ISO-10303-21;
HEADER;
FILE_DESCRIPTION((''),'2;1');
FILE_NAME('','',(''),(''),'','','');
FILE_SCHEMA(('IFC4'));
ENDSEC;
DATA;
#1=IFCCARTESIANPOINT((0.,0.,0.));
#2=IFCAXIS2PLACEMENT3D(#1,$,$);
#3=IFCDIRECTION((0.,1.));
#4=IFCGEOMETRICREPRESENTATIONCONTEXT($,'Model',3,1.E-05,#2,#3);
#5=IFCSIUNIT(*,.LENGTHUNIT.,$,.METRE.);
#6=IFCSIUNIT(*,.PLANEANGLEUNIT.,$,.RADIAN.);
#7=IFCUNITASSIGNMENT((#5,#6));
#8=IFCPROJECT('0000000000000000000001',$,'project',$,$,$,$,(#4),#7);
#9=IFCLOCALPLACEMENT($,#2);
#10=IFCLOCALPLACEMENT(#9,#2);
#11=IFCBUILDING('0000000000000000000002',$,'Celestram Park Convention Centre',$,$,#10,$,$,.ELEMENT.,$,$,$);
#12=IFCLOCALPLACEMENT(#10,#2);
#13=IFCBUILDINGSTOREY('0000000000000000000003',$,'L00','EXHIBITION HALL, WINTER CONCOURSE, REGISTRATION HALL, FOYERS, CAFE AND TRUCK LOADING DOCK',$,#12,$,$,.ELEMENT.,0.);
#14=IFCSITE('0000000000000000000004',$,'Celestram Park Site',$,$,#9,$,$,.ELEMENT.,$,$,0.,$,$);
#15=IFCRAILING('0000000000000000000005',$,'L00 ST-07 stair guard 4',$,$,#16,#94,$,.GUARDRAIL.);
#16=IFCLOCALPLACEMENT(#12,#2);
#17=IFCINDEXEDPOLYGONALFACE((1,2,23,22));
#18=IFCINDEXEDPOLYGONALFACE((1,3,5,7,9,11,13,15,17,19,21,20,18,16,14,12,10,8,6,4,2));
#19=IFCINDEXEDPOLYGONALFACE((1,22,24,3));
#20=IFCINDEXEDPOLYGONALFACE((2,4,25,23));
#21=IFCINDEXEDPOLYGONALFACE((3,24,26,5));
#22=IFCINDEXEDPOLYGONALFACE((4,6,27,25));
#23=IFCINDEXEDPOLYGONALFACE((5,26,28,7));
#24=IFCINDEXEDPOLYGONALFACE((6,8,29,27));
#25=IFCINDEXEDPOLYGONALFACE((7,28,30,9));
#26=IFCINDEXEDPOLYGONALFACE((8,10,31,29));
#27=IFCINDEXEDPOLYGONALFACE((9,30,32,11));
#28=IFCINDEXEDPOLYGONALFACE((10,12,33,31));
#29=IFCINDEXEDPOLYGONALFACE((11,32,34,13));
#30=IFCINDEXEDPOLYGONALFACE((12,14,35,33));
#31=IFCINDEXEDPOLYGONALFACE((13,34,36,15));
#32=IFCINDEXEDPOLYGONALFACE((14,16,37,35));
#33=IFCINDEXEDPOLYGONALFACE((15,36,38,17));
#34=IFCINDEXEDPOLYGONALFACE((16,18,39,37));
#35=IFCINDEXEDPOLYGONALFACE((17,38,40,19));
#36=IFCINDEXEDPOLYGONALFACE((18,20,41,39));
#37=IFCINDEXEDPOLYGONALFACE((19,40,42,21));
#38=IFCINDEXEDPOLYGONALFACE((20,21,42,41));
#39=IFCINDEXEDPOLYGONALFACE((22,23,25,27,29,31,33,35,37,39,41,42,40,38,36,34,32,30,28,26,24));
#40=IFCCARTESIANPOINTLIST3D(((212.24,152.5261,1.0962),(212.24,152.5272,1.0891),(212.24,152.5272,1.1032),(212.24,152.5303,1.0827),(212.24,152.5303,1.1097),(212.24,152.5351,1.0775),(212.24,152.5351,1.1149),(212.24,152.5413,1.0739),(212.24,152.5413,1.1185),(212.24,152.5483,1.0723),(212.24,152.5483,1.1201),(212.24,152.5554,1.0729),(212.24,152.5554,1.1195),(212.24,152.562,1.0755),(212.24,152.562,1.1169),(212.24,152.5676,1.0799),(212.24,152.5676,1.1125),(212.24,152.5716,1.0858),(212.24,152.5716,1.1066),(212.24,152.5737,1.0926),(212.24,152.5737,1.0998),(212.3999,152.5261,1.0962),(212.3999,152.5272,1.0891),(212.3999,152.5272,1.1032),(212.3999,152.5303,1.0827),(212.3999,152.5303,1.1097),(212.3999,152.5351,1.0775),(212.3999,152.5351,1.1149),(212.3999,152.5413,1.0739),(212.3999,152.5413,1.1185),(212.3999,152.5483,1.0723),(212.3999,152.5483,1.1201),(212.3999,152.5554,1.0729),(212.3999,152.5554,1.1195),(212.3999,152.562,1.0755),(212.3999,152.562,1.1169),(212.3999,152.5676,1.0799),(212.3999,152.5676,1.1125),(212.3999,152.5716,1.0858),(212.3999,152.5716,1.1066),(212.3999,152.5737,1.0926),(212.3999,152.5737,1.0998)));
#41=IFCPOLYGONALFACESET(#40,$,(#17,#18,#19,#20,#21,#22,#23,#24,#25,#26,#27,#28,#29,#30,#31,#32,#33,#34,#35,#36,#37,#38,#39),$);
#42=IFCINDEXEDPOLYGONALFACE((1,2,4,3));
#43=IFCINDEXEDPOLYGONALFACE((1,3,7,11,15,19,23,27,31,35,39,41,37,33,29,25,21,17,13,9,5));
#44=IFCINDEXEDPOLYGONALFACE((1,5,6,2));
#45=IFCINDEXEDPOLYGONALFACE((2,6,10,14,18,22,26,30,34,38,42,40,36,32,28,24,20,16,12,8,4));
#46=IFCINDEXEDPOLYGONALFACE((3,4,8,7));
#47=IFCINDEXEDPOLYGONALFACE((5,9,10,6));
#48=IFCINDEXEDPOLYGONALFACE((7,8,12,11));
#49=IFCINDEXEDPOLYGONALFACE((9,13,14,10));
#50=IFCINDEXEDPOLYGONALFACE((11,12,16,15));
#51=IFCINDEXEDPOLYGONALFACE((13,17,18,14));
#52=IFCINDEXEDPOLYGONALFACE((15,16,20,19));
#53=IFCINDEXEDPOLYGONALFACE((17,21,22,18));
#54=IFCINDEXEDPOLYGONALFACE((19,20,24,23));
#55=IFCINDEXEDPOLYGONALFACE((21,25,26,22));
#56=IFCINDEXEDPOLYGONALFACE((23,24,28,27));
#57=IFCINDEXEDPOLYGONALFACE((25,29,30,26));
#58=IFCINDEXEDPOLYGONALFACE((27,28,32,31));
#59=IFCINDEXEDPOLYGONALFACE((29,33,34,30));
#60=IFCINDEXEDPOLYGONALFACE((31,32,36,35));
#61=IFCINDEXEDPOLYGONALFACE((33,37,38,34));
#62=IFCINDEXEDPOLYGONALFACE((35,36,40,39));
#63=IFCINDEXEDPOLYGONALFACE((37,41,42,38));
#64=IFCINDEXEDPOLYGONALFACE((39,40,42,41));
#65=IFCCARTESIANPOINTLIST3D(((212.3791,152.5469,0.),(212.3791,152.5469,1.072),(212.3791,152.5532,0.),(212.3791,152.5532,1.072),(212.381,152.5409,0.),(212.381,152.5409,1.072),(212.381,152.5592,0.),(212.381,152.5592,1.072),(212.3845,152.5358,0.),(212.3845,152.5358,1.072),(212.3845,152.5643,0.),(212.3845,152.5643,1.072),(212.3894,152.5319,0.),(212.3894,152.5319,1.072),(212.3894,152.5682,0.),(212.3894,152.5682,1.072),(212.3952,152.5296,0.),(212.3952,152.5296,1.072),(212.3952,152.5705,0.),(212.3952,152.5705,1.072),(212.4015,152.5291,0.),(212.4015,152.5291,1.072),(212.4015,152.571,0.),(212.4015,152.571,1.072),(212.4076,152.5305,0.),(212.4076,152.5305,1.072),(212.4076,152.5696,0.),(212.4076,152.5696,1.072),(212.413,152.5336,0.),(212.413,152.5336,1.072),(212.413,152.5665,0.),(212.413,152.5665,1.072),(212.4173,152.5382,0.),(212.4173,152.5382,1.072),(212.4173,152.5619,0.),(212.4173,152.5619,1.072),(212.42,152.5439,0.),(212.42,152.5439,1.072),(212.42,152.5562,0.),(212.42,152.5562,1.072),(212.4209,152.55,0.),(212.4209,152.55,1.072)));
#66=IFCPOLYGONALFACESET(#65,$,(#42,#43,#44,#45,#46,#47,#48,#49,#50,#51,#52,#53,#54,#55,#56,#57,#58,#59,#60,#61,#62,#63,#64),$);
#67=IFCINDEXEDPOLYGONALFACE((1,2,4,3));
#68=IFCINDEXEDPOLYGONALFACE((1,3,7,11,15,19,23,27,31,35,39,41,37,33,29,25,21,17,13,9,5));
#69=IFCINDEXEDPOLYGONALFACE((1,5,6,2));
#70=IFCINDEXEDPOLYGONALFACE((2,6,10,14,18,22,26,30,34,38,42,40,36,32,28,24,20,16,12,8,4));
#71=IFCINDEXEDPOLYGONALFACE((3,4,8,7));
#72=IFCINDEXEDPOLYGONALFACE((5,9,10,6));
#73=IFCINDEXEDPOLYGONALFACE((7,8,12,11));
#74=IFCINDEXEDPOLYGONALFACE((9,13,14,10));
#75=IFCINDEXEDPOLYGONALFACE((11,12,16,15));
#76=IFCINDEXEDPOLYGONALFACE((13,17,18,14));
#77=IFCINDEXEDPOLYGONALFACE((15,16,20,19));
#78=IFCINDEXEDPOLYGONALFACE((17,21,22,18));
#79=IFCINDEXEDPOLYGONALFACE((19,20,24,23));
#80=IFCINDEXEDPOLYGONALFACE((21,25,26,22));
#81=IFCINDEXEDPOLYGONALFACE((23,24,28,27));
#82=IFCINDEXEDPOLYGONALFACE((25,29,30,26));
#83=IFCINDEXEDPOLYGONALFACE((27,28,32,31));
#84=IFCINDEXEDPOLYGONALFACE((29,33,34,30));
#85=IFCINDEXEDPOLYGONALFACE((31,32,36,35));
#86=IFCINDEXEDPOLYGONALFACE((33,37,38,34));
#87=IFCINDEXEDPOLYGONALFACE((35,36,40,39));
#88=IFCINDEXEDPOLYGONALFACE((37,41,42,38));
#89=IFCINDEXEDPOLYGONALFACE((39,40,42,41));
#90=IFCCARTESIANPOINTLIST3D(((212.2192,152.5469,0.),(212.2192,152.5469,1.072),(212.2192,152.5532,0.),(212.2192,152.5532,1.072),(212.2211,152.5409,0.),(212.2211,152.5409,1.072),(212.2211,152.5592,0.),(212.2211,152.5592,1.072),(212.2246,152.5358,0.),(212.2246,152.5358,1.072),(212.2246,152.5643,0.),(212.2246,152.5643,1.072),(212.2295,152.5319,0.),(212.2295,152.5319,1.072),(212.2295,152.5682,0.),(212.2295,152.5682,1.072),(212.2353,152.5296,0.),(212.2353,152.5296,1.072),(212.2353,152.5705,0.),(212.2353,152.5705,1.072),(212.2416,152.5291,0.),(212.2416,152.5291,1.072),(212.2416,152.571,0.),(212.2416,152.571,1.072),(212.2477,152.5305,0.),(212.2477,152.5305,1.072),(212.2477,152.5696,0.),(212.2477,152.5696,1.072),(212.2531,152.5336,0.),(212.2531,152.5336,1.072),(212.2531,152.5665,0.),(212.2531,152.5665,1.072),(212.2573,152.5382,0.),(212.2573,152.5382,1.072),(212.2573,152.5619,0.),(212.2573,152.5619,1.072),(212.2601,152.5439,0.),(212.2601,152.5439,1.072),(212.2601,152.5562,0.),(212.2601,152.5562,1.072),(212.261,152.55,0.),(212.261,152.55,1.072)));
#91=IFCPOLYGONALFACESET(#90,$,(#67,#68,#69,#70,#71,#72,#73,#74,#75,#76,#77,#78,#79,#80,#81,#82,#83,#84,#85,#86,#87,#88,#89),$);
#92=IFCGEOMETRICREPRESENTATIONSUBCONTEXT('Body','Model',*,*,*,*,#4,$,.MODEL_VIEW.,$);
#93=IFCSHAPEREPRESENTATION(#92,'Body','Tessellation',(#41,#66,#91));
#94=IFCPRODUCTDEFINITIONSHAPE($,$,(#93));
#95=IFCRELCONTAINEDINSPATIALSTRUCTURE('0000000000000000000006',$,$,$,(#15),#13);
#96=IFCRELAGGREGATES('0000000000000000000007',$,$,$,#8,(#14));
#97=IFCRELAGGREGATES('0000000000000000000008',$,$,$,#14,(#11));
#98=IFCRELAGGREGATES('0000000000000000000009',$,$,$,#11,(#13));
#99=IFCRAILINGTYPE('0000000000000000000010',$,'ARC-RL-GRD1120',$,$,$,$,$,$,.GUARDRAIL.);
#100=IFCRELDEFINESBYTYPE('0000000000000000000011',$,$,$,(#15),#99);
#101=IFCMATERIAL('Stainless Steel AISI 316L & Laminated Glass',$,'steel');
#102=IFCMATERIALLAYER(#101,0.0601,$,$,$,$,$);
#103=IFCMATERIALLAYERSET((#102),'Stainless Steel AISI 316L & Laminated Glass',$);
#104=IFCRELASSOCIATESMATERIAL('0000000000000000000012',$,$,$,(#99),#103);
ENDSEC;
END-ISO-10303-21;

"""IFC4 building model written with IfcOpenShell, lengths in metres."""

from ifc_helpers import new_model, si_unit, direction, frame, origin, origin_2d, place, context, subcontext, project, spatial, circle, extrude, material, layer, layer_set, type_object, element, save


model = new_model("IFC4")

# Units and contexts
model_context = context("Model", 3, precision=1e-05, world=origin(), true_north=direction((0.0, 1.0)))
body_context = subcontext(model_context, "Body", "Model", "MODEL_VIEW")
ifc_project = project(units=[si_unit("LENGTHUNIT", "METRE"), si_unit("PLANEANGLEUNIT", "RADIAN")], contexts=[model_context])

# Site, building, storey
site_placement = place(None, origin())
site = spatial("IfcSite", under=ifc_project, at=site_placement, Name="Celestram Park Site", CompositionType="ELEMENT", RefElevation=0.0)
building_placement = place(site_placement, origin())
building = spatial("IfcBuilding", under=site, at=building_placement, Name="Celestram Park Convention Centre", CompositionType="ELEMENT")
storey_placement = place(building_placement, origin())
storey = spatial("IfcBuildingStorey", under=building, at=storey_placement, Name="L00", Description="EXHIBITION HALL, WINTER CONCOURSE, REGISTRATION HALL, FOYERS, CAFE AND TRUCK LOADING DOCK", CompositionType="ELEMENT", Elevation=0.0)

# Railing
ifc_material_1 = material(Name="Stainless Steel AISI 316L & Laminated Glass", Category="steel")
ifc_layer_1 = layer(ifc_material_1, 0.0601)
ifc_layer_set_1 = layer_set([ifc_layer_1], Name="Stainless Steel AISI 316L & Laminated Glass")
railing_type_1 = type_object("IfcRailingType", Name="ARC-RL-GRD1120", PredefinedType="GUARDRAIL", material=ifc_layer_set_1)
railing_1_placement = place(storey_placement, frame((212.3999, 152.55, 0.0)))
element("IfcRailing", 1, at=railing_1_placement, inside=storey, type_object=railing_type_1, Name="L00 ST-07 stair guard 4", PredefinedType="GUARDRAIL", context=body_context, shape_type="SweptSolid", body=[
    extrude(circle(Radius=0.0239, at=origin_2d()), frame((0.0, 0.0, 1.0962), z_axis=(-1.0, 0.0, 0.0), x_axis=(0.0, -1.0, 0.0)), (0.0, 0.0, 1.0), 0.1599),
    extrude(circle(Radius=0.021, at=origin_2d()), origin(), (0.0, 0.0, 1.0), 1.072),
    extrude(circle(Radius=0.021, at=origin_2d()), frame((-0.1599, 0.0, 0.0)), (0.0, 0.0, 1.0), 1.072),
])

save(model, "model.ifc")
